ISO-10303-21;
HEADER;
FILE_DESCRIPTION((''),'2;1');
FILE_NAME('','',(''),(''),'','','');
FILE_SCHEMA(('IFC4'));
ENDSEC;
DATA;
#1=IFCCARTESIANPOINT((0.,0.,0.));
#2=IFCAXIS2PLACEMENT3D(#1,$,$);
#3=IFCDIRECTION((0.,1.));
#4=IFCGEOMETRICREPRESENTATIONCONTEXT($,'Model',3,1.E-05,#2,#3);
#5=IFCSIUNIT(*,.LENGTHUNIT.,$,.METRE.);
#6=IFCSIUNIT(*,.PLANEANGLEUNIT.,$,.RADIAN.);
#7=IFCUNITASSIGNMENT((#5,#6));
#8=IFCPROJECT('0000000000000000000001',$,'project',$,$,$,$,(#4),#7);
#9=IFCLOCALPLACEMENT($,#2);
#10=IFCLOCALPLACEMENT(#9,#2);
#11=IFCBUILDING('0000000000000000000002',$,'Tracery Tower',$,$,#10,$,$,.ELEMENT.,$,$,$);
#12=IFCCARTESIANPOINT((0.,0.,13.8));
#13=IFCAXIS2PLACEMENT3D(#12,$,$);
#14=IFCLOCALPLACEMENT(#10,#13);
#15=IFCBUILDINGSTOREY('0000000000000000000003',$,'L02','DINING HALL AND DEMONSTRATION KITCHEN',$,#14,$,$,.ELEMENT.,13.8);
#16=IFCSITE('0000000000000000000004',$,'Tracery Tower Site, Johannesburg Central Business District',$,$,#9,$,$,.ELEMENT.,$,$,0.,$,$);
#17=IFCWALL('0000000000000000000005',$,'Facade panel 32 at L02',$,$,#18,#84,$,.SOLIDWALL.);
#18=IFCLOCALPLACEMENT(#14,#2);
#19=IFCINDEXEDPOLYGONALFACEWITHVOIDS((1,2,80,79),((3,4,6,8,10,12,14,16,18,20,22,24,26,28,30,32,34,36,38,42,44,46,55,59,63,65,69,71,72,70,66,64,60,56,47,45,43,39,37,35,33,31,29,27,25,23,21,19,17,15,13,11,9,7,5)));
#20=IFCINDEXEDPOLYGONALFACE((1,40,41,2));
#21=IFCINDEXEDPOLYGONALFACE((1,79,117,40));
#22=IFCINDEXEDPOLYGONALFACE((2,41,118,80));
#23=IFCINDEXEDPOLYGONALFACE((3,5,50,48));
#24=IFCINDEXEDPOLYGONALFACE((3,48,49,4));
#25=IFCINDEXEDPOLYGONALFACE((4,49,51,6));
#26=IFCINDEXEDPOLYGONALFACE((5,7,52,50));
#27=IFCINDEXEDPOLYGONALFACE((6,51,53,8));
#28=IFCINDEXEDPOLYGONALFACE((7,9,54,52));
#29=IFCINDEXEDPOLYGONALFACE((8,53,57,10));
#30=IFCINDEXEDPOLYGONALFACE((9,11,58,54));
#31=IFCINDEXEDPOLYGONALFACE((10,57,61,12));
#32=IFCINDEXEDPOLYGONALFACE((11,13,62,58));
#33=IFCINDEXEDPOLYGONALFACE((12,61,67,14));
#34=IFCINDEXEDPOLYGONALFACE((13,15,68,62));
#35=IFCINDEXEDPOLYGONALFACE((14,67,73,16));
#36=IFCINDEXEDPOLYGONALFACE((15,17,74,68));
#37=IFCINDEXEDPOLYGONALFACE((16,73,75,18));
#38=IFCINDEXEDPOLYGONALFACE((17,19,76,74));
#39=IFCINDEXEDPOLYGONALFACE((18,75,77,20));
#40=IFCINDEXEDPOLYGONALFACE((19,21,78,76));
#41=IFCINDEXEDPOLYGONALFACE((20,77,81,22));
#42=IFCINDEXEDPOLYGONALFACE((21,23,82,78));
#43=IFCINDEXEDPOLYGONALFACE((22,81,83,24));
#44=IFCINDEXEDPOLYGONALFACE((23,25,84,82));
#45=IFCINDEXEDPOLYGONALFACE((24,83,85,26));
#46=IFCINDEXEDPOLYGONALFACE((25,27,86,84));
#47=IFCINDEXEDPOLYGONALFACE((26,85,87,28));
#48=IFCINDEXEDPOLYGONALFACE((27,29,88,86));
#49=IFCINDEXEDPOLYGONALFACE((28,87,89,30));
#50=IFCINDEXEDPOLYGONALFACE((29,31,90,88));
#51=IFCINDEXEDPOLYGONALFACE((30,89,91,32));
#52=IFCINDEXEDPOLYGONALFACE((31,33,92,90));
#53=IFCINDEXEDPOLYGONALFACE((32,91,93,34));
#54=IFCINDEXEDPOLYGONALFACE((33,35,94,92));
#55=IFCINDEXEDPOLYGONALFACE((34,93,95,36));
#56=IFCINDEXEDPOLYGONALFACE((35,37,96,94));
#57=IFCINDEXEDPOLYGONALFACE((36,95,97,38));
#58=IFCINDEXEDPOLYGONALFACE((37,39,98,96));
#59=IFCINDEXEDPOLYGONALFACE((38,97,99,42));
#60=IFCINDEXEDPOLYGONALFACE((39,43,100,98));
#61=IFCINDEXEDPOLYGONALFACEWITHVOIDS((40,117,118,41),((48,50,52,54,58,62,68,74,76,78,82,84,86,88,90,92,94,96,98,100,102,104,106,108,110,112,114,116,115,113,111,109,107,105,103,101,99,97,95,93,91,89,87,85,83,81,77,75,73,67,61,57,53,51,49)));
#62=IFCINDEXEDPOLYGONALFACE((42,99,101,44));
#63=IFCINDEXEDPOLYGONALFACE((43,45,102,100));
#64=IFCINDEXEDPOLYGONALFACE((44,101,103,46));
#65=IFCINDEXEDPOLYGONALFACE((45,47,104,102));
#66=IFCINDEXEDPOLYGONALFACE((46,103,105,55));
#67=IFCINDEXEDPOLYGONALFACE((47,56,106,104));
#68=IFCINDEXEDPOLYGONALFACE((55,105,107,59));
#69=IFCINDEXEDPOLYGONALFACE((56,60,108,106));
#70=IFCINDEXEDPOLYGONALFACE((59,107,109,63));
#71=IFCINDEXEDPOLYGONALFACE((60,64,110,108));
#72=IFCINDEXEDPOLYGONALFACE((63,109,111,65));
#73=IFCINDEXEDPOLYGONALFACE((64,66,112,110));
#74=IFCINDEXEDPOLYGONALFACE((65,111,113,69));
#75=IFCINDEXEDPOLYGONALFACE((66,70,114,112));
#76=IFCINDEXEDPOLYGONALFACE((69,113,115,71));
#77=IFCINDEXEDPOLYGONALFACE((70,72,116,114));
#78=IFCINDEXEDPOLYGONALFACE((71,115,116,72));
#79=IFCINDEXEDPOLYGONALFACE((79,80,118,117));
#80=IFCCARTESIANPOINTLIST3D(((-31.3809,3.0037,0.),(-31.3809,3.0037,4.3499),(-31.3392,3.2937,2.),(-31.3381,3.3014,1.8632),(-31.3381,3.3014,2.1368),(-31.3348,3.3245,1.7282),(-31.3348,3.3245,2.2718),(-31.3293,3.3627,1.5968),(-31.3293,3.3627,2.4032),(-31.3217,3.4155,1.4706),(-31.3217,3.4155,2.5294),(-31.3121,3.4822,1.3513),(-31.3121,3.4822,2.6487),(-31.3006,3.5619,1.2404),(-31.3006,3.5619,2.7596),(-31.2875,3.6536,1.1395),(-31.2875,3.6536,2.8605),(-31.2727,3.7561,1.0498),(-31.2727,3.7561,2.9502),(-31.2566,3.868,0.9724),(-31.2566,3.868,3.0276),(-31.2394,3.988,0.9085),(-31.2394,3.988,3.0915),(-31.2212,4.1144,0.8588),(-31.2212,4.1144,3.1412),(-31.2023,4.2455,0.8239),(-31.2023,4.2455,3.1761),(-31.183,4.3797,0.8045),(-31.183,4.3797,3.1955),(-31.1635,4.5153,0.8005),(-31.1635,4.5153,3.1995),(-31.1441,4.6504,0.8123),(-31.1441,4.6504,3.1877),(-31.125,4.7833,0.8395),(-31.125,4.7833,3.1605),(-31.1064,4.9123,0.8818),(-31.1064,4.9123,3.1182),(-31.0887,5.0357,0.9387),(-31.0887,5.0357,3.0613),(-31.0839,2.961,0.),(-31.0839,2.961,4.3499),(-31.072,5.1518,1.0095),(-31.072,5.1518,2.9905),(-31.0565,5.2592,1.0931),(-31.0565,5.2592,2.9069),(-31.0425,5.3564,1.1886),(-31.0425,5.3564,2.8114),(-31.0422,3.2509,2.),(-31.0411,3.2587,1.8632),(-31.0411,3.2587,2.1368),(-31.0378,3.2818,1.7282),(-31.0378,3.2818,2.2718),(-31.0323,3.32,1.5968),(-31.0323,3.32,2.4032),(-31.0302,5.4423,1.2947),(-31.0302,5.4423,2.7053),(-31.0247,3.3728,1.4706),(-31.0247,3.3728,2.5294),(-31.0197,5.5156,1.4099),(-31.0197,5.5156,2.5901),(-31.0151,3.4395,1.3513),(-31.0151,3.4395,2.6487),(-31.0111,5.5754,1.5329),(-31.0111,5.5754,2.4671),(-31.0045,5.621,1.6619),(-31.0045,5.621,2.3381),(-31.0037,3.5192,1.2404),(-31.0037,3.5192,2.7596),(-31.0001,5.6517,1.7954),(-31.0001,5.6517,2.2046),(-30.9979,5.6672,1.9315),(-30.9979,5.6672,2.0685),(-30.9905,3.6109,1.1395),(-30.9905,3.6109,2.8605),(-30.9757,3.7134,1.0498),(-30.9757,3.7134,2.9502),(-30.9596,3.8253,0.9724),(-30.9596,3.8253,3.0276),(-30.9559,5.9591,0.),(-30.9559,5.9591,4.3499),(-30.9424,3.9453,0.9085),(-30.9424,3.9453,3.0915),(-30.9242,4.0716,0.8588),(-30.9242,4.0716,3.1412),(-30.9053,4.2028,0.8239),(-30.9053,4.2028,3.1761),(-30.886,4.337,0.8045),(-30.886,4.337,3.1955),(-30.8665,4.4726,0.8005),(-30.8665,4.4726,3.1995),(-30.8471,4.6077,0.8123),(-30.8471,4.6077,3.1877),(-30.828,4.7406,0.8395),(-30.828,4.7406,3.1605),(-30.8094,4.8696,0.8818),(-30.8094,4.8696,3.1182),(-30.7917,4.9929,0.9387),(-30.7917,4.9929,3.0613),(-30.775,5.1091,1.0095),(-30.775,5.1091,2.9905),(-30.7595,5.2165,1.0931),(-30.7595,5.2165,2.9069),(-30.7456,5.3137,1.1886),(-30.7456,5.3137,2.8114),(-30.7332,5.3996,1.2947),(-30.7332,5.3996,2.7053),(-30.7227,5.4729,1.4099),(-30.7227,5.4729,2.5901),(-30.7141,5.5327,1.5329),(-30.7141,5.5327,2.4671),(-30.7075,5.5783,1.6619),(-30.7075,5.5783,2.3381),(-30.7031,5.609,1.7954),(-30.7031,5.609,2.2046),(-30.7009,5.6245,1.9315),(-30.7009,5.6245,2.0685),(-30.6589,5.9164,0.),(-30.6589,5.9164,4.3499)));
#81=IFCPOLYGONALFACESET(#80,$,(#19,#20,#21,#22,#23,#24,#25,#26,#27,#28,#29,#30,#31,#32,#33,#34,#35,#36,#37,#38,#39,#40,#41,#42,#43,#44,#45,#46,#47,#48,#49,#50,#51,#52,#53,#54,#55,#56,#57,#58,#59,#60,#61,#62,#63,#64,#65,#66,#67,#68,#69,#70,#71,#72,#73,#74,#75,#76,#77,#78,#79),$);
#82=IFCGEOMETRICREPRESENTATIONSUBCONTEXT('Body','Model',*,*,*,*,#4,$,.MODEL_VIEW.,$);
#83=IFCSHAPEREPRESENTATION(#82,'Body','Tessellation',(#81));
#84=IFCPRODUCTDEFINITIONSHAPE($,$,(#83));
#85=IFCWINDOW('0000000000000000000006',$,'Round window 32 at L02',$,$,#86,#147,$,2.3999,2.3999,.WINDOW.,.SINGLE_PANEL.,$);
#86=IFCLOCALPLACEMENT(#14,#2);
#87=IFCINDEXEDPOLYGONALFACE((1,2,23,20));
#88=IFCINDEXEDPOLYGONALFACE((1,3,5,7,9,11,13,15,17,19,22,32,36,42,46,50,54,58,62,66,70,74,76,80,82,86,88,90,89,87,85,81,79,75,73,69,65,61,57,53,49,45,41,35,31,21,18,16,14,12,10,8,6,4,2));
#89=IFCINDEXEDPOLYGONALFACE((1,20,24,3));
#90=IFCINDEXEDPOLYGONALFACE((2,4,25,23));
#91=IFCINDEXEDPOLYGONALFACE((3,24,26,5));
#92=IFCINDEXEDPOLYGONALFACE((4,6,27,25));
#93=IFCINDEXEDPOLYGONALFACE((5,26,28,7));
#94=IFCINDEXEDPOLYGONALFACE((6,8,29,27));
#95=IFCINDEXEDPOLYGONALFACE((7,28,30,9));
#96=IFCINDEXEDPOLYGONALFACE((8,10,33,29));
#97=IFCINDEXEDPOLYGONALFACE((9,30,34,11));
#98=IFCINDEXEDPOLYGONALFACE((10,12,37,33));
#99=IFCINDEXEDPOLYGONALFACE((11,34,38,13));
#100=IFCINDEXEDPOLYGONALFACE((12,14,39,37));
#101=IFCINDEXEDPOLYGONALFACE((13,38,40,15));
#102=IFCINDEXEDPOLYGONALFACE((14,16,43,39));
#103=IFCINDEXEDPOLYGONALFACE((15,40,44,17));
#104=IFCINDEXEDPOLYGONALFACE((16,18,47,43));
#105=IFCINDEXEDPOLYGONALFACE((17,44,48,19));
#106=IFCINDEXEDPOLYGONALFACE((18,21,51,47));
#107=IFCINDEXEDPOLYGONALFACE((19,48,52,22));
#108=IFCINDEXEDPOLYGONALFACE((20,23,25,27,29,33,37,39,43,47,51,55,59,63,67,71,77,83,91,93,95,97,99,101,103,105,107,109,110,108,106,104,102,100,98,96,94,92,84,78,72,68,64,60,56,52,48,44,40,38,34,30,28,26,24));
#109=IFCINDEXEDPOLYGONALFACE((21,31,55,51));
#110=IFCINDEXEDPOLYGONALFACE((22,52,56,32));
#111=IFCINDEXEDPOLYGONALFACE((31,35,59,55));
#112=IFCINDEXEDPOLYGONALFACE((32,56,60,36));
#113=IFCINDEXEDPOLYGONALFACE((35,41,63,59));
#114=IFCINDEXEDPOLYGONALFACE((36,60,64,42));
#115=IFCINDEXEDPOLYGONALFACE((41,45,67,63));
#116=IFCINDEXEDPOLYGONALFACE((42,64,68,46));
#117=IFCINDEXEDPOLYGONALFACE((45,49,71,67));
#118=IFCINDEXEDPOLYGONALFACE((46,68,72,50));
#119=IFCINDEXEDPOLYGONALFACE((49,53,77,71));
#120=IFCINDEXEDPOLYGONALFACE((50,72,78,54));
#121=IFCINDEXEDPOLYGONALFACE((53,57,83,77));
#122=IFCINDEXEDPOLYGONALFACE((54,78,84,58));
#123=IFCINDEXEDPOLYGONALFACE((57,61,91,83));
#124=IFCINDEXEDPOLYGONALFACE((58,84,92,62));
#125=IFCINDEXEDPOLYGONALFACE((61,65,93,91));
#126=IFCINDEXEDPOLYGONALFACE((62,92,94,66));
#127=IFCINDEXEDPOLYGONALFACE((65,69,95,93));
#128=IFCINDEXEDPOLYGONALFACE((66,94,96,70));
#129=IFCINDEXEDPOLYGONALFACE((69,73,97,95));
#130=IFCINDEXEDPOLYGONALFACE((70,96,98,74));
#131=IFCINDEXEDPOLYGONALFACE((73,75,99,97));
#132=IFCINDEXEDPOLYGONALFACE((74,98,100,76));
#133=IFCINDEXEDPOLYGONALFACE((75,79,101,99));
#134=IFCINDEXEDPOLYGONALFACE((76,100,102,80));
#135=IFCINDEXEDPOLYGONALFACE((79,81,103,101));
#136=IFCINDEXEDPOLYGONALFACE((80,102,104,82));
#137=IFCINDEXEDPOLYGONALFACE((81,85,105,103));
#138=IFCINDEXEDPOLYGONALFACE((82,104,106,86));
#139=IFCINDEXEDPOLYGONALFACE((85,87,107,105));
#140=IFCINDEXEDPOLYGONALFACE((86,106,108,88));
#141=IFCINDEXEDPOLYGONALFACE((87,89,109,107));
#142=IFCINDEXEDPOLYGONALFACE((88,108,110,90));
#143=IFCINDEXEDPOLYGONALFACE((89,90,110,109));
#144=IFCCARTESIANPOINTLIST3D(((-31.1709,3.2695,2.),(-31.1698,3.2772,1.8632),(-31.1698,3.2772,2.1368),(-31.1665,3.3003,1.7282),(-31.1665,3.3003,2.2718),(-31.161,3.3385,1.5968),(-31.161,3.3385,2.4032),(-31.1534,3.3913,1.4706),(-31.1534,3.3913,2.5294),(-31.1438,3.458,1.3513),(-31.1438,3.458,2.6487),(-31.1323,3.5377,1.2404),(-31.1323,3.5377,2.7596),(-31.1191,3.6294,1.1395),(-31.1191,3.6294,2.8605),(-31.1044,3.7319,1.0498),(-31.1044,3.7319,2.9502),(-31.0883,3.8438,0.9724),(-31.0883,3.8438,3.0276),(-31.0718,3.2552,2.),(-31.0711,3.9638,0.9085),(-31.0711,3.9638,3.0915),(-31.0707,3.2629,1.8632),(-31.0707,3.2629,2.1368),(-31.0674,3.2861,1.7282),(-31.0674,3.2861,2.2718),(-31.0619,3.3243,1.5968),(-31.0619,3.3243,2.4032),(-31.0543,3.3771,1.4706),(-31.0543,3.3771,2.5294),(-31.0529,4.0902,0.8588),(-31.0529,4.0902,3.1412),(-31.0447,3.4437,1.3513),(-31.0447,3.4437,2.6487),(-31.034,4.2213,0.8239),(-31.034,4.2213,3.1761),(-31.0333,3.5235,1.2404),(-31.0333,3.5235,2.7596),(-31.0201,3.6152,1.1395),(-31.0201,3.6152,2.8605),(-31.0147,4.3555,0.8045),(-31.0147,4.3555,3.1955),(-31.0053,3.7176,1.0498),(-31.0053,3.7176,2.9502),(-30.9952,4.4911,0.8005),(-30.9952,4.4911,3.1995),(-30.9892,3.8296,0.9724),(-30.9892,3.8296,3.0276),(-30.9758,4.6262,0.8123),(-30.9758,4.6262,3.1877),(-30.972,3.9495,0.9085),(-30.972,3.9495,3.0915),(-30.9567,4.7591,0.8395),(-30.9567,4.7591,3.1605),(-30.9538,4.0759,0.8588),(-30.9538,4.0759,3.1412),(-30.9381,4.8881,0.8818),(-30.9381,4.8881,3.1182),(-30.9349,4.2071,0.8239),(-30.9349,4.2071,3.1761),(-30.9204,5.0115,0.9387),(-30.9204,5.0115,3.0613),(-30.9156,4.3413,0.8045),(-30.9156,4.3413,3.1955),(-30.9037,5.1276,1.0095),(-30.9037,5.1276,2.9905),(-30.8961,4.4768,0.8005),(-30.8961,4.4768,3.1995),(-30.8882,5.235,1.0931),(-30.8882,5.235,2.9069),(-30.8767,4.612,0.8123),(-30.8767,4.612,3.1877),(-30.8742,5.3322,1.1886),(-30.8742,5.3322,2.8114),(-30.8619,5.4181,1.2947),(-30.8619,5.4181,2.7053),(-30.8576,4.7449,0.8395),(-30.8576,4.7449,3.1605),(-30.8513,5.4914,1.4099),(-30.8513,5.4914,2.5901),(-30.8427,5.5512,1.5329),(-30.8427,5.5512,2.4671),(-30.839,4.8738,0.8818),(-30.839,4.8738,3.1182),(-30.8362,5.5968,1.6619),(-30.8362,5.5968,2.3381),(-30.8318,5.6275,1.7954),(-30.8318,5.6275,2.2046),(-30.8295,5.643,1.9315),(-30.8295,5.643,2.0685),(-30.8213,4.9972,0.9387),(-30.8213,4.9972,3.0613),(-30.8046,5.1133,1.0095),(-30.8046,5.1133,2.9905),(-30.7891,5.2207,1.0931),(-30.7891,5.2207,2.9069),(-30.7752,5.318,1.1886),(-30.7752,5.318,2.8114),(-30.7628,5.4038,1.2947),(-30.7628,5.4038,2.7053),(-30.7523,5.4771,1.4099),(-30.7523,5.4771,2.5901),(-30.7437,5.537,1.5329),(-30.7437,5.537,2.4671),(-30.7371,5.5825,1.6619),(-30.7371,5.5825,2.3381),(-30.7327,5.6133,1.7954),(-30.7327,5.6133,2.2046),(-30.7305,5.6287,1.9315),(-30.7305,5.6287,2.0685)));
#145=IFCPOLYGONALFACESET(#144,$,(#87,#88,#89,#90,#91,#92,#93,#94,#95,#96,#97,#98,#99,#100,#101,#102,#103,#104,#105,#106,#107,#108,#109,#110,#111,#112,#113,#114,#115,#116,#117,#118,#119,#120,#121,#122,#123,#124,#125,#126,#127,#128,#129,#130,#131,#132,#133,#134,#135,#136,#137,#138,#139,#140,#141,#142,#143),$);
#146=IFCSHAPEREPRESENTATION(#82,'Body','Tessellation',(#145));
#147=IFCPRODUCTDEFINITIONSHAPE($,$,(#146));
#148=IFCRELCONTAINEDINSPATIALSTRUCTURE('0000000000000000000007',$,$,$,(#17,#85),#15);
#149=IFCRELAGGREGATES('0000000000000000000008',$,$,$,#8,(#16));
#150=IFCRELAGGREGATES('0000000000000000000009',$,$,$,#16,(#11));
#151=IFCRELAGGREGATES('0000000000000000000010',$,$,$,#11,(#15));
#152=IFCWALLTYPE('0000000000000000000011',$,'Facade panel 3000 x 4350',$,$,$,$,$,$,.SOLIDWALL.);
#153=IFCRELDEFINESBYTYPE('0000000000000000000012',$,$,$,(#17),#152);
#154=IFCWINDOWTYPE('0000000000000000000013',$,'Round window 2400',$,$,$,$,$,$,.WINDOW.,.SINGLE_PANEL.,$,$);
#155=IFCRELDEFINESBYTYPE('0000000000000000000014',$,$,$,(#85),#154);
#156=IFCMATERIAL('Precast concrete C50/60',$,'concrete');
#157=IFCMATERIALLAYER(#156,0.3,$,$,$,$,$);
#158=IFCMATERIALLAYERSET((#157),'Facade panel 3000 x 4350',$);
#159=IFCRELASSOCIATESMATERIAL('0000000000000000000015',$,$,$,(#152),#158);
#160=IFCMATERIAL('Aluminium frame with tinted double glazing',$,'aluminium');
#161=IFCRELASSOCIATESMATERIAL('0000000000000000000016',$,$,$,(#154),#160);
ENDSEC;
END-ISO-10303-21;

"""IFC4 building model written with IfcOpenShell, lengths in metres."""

from ifc_helpers import new_model, si_unit, direction, frame, frame_2d, origin, origin_2d, place, context, subcontext, project, spatial, rectangle, circle, extrude, material, layer, layer_set, type_object, element, fill, save


model = new_model("IFC4")

# Units and contexts
model_context = context("Model", 3, precision=1e-05, world=origin(), true_north=direction((0.0, 1.0)))
body_context = subcontext(model_context, "Body", "Model", "MODEL_VIEW")
ifc_project = project(units=[si_unit("LENGTHUNIT", "METRE"), si_unit("PLANEANGLEUNIT", "RADIAN")], contexts=[model_context])

# Site, building, storey
site_placement = place(None, origin())
site = spatial("IfcSite", under=ifc_project, at=site_placement, Name="Tracery Tower Site, Johannesburg Central Business District", CompositionType="ELEMENT", RefElevation=0.0)
building_placement = place(site_placement, origin())
building = spatial("IfcBuilding", under=site, at=building_placement, Name="Tracery Tower", CompositionType="ELEMENT")
storey_placement = place(building_placement, frame((0.0, 0.0, 13.8)))
storey = spatial("IfcBuildingStorey", under=building, at=storey_placement, Name="L02", Description="DINING HALL AND DEMONSTRATION KITCHEN", CompositionType="ELEMENT", Elevation=13.8)

# Wall, opening, window
ifc_material_1 = material(Name="Precast concrete C50/60", Category="concrete")
ifc_layer_1 = layer(ifc_material_1, 0.3)
ifc_layer_set_1 = layer_set([ifc_layer_1], Name="Facade panel 3000 x 4350")
wall_type_1 = type_object("IfcWallType", Name="Facade panel 3000 x 4350", PredefinedType="SOLIDWALL", material=ifc_layer_set_1)
ifc_material_2 = material(Name="Aluminium frame with tinted double glazing", Category="aluminium")
window_type = type_object("IfcWindowType", Name="Round window 2400", PartitioningType="SINGLE_PANEL", PredefinedType="WINDOW", material=ifc_material_2)
wall_1_placement = place(storey_placement, frame((-30.8074, 5.9377, 0.0), z_axis=(0.0, 0.0, 1.0), x_axis=(-0.14236, -0.989815, 0.0)))
wall_1 = element("IfcWall", 1, at=wall_1_placement, inside=storey, type_object=wall_type_1, Name="Facade panel 32 at L02", PredefinedType="SOLIDWALL", context=body_context, shape_type="SweptSolid", body=[
    extrude(rectangle(XDim=2.9858, YDim=0.3, at=frame_2d((1.4929, 0.0))), origin(), (0.0, 0.0, 1.0), 4.3499),
])
opening_1_placement = place(wall_1_placement, frame((1.4929, 0.0, 2.0)))
opening_1 = element("IfcOpeningElement", 2, at=opening_1_placement, cuts=wall_1, PredefinedType="OPENING", context=body_context, shape_type="SweptSolid", body=[
    extrude(circle(Radius=1.2, at=origin_2d()), frame((0.0, 0.1599, 0.0), z_axis=(0.0, -1.0, 0.0), x_axis=(1.0, 0.0, 0.0)), (0.0, 0.0, 1.0), 0.3201),
])
window_1_placement = place(opening_1_placement, origin())
window_1 = element("IfcWindow", 3, at=window_1_placement, inside=storey, type_object=window_type, Name="Round window 32 at L02", OverallHeight=2.3999, OverallWidth=2.3999, PartitioningType="SINGLE_PANEL", PredefinedType="WINDOW", context=body_context, shape_type="SweptSolid", body=[
    extrude(circle(Radius=1.2, at=origin_2d()), frame((0.0, 0.1201, 0.0), z_axis=(0.0, -1.0, 0.0), x_axis=(1.0, 0.0, 0.0)), (0.0, 0.0, 1.0), 0.1001),
])
fill(opening_1, window_1)

save(model, "model.ifc")
